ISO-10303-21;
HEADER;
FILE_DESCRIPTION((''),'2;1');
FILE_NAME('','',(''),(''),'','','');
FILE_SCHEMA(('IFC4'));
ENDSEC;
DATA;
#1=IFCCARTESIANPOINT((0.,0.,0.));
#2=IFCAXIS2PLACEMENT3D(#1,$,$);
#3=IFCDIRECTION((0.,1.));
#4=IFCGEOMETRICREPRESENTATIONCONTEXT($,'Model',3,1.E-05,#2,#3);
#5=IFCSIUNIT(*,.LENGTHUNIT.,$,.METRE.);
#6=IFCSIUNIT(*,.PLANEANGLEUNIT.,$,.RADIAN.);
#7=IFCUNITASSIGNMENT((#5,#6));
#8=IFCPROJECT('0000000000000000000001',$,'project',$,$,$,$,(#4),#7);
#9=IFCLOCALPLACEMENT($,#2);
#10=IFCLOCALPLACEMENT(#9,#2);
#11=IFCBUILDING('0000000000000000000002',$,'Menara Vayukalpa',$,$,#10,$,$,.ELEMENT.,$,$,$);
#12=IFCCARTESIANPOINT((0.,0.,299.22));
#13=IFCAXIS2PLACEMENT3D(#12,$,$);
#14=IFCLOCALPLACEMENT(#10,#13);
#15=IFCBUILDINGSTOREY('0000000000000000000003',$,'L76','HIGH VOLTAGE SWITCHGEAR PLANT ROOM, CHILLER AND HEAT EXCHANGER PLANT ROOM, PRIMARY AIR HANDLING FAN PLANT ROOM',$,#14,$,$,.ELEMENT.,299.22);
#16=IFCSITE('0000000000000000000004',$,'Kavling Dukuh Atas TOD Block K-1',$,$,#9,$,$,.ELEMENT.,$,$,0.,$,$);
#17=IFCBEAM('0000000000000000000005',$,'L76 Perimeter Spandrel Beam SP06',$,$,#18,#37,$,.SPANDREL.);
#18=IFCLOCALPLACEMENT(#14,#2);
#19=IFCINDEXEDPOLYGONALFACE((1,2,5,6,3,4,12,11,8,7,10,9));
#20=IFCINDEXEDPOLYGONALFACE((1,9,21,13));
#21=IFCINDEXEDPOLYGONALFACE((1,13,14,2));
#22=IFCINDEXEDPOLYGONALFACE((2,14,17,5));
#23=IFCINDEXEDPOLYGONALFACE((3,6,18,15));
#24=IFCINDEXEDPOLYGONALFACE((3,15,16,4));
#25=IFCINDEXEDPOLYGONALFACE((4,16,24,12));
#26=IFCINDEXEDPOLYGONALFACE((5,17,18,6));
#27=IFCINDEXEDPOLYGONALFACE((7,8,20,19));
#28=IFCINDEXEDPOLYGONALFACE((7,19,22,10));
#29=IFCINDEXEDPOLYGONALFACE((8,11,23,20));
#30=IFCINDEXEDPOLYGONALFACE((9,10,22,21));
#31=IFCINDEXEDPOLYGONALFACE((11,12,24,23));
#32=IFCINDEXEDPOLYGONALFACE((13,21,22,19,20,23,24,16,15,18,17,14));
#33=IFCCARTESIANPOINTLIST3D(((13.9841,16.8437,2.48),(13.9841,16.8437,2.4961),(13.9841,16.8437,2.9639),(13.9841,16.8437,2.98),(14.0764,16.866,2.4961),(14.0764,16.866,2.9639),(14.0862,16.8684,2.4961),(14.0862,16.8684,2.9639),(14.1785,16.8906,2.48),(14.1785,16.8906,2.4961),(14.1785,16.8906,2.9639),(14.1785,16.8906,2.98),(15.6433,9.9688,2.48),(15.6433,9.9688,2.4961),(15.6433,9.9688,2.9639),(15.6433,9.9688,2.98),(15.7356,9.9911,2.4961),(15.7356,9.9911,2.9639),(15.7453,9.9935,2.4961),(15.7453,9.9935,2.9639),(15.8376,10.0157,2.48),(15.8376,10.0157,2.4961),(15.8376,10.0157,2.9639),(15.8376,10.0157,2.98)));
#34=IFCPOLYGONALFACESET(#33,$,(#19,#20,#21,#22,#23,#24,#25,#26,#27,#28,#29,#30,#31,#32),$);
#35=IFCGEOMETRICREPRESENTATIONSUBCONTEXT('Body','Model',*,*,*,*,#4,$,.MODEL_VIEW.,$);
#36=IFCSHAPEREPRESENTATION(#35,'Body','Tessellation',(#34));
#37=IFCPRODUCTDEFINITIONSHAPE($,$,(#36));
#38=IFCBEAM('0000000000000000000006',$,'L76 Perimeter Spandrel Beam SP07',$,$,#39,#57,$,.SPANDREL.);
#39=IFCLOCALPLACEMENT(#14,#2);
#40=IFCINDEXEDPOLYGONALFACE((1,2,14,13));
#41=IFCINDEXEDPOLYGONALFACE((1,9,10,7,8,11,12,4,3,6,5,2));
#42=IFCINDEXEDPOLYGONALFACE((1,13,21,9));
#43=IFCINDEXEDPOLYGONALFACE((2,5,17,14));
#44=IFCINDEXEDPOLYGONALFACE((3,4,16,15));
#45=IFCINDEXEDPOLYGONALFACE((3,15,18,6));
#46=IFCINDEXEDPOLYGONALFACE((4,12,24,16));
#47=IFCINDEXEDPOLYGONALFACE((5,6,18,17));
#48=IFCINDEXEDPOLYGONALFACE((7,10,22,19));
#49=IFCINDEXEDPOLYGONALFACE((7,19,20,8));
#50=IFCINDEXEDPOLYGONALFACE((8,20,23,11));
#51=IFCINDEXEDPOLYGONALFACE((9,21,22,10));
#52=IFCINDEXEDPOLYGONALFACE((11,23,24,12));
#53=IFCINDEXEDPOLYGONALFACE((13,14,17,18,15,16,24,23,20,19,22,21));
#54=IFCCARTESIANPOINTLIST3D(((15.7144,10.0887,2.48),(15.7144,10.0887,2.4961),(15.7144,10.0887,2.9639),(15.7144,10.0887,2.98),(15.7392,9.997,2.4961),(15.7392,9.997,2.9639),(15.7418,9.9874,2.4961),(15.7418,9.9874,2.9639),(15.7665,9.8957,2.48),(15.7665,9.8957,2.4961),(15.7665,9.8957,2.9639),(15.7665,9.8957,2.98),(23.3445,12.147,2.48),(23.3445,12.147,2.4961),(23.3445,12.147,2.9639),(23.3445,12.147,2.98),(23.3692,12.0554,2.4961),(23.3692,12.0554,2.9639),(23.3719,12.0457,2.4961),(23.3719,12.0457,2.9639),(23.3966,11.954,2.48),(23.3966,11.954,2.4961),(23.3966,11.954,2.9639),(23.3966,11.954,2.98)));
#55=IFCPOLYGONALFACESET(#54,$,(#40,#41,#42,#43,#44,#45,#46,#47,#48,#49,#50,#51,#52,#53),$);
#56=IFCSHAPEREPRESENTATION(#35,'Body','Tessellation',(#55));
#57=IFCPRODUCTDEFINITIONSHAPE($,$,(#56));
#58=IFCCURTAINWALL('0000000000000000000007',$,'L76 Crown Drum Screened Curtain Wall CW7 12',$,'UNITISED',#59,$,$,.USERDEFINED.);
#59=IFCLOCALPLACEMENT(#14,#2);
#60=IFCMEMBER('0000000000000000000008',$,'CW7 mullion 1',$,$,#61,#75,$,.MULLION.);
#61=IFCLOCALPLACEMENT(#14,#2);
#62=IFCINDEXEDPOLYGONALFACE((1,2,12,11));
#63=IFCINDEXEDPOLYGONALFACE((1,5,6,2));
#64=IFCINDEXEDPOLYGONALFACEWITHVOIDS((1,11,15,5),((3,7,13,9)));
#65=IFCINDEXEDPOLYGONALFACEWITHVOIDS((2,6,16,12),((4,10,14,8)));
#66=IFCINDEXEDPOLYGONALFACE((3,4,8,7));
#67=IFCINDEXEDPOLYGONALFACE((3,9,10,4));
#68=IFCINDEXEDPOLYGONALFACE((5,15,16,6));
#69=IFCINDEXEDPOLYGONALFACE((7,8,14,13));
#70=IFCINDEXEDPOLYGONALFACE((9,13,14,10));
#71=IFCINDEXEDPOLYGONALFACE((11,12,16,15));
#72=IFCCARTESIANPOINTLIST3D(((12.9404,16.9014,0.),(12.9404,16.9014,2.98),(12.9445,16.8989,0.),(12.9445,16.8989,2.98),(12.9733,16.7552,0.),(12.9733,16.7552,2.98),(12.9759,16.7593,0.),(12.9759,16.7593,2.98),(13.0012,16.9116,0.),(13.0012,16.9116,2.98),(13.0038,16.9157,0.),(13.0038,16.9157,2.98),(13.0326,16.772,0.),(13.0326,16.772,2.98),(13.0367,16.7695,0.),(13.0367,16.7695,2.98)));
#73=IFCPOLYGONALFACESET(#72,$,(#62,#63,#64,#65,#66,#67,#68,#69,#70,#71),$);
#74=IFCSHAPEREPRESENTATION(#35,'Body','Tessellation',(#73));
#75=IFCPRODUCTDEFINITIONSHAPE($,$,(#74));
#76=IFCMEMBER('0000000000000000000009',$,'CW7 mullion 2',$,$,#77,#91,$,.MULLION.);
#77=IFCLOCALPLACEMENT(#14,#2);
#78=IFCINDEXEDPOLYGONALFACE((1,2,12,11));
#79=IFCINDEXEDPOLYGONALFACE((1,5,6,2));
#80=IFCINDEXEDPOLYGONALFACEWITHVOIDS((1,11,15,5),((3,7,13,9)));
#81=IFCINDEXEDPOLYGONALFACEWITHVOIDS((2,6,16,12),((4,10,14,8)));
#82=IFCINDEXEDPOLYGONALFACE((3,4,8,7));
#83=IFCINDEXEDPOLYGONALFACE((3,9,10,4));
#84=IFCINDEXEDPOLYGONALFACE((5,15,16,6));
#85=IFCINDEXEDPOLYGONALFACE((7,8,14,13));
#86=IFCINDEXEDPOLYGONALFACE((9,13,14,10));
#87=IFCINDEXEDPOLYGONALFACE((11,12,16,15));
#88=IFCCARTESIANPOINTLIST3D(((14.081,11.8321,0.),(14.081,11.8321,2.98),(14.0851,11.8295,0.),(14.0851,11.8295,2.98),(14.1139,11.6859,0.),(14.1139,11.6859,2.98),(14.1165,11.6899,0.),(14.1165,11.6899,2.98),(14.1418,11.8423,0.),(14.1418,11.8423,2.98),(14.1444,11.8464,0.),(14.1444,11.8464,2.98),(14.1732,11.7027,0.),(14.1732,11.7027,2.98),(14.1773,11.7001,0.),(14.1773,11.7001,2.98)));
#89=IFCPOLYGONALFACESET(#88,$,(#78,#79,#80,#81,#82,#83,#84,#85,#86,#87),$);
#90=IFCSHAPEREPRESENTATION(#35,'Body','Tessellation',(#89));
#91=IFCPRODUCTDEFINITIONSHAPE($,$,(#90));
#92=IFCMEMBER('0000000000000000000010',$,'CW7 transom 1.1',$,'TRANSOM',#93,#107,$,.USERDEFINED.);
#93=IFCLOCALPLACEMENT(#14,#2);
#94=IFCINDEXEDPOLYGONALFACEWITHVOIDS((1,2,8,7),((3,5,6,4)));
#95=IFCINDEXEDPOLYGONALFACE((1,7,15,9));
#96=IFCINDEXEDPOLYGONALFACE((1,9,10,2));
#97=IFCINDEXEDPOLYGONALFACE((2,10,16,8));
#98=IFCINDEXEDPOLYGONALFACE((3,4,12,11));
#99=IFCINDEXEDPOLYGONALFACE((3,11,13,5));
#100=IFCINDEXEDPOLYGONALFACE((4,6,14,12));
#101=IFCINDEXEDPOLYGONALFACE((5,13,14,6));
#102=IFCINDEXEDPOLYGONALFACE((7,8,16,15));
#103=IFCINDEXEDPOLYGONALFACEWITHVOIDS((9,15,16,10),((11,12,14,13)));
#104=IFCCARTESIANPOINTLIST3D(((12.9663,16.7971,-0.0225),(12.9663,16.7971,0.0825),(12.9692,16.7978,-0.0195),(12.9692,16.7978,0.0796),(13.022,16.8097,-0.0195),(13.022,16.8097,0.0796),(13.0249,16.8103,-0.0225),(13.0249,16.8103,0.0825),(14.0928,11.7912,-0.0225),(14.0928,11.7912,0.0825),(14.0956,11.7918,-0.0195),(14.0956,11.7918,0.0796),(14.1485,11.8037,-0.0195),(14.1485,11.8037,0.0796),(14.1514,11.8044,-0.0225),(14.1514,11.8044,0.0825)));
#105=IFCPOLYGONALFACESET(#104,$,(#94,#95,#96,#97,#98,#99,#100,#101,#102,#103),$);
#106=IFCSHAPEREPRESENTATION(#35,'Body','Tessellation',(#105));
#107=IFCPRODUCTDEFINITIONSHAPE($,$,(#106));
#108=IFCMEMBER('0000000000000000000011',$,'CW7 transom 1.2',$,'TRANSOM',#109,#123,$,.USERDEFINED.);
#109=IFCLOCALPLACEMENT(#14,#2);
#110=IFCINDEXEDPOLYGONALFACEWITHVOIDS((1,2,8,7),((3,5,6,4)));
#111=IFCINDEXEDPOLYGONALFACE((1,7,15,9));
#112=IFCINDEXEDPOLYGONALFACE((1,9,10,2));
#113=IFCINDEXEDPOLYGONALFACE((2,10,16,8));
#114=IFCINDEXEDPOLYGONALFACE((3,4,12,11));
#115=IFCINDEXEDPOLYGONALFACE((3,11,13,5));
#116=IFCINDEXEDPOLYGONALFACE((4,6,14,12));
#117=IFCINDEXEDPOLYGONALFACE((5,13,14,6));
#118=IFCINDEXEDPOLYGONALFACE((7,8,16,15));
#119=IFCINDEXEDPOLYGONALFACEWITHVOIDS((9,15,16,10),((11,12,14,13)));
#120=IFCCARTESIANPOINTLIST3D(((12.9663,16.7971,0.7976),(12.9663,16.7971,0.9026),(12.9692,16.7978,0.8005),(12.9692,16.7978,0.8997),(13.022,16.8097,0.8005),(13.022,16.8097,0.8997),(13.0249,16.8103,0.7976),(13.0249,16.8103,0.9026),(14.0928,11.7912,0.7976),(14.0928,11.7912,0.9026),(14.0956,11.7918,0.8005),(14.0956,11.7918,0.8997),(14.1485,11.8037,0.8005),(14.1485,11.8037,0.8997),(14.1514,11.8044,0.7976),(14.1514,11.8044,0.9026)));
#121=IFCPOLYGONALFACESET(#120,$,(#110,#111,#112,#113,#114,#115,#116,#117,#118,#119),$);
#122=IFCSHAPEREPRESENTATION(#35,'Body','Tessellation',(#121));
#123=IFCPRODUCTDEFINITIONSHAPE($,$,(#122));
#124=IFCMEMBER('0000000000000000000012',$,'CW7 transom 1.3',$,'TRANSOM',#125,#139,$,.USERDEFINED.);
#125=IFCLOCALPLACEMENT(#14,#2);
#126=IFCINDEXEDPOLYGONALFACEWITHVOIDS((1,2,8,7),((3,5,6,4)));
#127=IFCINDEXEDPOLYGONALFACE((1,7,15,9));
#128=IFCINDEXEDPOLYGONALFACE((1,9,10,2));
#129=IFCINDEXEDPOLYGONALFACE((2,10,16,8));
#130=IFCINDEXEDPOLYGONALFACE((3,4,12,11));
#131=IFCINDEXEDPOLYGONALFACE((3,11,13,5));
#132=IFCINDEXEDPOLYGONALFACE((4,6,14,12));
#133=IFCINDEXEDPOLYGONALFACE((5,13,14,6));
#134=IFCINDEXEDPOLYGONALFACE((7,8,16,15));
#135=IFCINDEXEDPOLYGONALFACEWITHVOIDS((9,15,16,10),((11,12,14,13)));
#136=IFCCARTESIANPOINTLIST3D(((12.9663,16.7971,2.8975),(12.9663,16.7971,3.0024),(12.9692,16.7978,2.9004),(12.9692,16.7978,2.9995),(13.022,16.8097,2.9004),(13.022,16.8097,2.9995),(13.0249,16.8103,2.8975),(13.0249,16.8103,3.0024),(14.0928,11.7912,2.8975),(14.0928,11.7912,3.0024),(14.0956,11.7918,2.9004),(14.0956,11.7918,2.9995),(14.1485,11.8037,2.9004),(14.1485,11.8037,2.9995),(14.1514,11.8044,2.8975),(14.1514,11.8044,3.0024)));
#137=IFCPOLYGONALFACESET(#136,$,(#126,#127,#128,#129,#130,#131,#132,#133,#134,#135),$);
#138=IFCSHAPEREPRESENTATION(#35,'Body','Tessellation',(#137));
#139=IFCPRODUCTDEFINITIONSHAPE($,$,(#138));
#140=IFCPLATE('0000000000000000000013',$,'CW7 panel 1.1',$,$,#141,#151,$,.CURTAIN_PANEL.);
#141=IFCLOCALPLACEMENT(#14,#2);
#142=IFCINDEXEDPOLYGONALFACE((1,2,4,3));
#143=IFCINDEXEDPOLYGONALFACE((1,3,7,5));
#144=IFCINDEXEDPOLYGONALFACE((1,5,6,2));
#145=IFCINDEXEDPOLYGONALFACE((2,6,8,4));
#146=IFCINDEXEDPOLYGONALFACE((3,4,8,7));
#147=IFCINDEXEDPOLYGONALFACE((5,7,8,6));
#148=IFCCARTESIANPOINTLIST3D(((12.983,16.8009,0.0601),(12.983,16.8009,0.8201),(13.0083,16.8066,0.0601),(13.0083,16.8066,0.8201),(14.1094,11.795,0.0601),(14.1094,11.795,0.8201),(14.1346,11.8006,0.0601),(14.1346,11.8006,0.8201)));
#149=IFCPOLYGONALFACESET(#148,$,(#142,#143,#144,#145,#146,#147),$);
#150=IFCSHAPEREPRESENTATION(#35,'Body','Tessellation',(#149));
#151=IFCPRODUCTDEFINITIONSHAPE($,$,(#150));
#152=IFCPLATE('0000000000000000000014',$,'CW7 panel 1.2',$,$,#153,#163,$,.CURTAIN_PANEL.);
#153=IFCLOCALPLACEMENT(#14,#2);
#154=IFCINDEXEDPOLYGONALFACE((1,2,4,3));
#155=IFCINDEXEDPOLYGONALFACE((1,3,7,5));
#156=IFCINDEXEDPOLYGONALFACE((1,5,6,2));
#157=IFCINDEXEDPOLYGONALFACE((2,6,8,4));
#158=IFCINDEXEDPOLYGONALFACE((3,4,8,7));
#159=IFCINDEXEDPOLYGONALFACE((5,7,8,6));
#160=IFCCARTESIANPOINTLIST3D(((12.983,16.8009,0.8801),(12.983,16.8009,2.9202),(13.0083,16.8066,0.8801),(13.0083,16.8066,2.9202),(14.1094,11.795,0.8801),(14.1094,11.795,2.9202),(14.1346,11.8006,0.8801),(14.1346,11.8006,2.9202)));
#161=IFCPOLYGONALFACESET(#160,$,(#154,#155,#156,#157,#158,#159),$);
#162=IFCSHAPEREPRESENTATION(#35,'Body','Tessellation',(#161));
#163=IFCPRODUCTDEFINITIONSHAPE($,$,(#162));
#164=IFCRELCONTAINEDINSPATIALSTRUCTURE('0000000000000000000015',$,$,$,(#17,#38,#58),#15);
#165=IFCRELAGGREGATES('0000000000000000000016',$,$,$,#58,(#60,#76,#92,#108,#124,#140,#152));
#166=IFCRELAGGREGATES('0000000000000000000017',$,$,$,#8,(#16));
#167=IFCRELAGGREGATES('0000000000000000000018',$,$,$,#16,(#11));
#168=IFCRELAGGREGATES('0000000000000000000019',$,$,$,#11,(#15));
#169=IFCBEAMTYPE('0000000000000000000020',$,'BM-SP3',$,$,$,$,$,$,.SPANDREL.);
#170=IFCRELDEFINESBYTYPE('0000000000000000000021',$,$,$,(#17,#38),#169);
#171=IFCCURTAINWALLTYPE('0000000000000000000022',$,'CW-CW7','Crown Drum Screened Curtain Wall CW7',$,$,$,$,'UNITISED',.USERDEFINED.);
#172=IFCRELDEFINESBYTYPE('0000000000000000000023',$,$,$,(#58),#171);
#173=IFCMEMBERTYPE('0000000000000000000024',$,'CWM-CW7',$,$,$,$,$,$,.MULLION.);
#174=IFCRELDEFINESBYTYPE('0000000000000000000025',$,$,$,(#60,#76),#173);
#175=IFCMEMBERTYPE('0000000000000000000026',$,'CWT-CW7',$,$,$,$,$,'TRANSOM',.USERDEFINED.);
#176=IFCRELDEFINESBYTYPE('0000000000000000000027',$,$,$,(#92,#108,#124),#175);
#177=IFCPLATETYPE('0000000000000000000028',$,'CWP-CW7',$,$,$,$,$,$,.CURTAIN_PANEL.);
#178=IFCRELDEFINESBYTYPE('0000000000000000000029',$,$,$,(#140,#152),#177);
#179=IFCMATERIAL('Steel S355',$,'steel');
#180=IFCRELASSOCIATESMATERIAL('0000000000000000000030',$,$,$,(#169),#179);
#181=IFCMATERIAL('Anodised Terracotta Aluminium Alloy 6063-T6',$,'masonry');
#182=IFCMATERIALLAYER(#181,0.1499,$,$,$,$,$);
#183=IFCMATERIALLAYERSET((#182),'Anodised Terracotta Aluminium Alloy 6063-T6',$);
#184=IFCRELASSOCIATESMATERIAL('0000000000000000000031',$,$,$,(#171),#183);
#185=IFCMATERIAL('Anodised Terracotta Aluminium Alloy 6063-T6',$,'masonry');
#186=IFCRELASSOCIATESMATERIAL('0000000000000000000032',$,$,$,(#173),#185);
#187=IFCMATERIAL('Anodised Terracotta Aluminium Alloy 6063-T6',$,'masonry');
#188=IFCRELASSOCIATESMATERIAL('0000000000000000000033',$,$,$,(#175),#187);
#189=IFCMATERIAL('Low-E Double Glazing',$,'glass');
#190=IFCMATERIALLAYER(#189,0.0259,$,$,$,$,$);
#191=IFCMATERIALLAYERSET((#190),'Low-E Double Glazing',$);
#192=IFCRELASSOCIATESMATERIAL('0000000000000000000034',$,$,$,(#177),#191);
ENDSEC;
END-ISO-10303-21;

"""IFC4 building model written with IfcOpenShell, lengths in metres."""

from ifc_helpers import new_model, si_unit, direction, frame, origin, origin_2d, place, context, subcontext, project, spatial, rectangle, hollow_rectangle, i_section, extrude, material, layer, layer_set, material_profile, profile_set, type_object, element, aggregate, save


model = new_model("IFC4")

# Units and contexts
model_context = context("Model", 3, precision=1e-05, world=origin(), true_north=direction((0.0, 1.0)))
body_context = subcontext(model_context, "Body", "Model", "MODEL_VIEW")
ifc_project = project(units=[si_unit("LENGTHUNIT", "METRE"), si_unit("PLANEANGLEUNIT", "RADIAN")], contexts=[model_context])

# Site, building, storey
site_placement = place(None, origin())
site = spatial("IfcSite", under=ifc_project, at=site_placement, Name="Kavling Dukuh Atas TOD Block K-1", CompositionType="ELEMENT", RefElevation=0.0)
building_placement = place(site_placement, origin())
building = spatial("IfcBuilding", under=site, at=building_placement, Name="Menara Vayukalpa", CompositionType="ELEMENT")
storey_placement = place(building_placement, frame((0.0, 0.0, 299.22)))
storey = spatial("IfcBuildingStorey", under=building, at=storey_placement, Name="L76", Description="HIGH VOLTAGE SWITCHGEAR PLANT ROOM, CHILLER AND HEAT EXCHANGER PLANT ROOM, PRIMARY AIR HANDLING FAN PLANT ROOM", CompositionType="ELEMENT", Elevation=299.22)

# Beams
ifc_material_1 = material(Name="Steel S355", Category="steel")
ifc_material_profile_1 = material_profile(ifc_material_1, i_section(OverallWidth=0.2, OverallDepth=0.5, WebThickness=0.01, FlangeThickness=0.0161, at=origin_2d()), Name="WF 500x200x10x16")
ifc_profile_set_1 = profile_set([ifc_material_profile_1], Name="Steel S355")
beam_type_1 = type_object("IfcBeamType", Name="BM-SP3", PredefinedType="SPANDREL", material=ifc_profile_set_1)
beam_1_placement = place(storey_placement, frame((14.0813, 16.8672, 2.73), z_axis=(0.2346, -0.972092, 0.0), x_axis=(0.972092, 0.2346, 0.0)))
element("IfcBeam", 1, at=beam_1_placement, inside=storey, type_object=beam_type_1, Name="L76 Perimeter Spandrel Beam SP06", PredefinedType="SPANDREL", context=body_context, shape_type="SweptSolid", body=[
    extrude(i_section(OverallWidth=0.2, OverallDepth=0.5, WebThickness=0.01, FlangeThickness=0.0161, at=origin_2d()), origin(), (0.0, 0.0, 1.0), 7.0723),
])
beam_2_placement = place(storey_placement, frame((15.7405, 9.9922, 2.73), z_axis=(0.965486, 0.260455, 0.0), x_axis=(-0.260455, 0.965486, 0.0)))
element("IfcBeam", 2, at=beam_2_placement, inside=storey, type_object=beam_type_1, Name="L76 Perimeter Spandrel Beam SP07", PredefinedType="SPANDREL", context=body_context, shape_type="SweptSolid", body=[
    extrude(i_section(OverallWidth=0.2, OverallDepth=0.5, WebThickness=0.01, FlangeThickness=0.0161, at=origin_2d()), origin(), (0.0, 0.0, 1.0), 7.9028),
])

# Curtain wall, members, plates
ifc_material_2 = material(Name="Anodised Terracotta Aluminium Alloy 6063-T6", Category="masonry")
ifc_layer_1 = layer(ifc_material_2, 0.1499)
ifc_layer_set_1 = layer_set([ifc_layer_1], Name="Anodised Terracotta Aluminium Alloy 6063-T6")
curtain_wall_type = type_object("IfcCurtainWallType", Name="CW-CW7", Description="Crown Drum Screened Curtain Wall CW7", ElementType="UNITISED", PredefinedType="USERDEFINED", material=ifc_layer_set_1)
curtain_wall_placement = place(storey_placement, origin())
curtain_wall = element("IfcCurtainWall", 3, at=curtain_wall_placement, inside=storey, type_object=curtain_wall_type, Name="L76 Crown Drum Screened Curtain Wall CW7 12", ObjectType="UNITISED", PredefinedType="USERDEFINED")
ifc_material_3 = material(Name="Anodised Terracotta Aluminium Alloy 6063-T6", Category="masonry")
ifc_material_profile_2 = material_profile(ifc_material_3, hollow_rectangle(XDim=0.0649, YDim=0.1499, WallThickness=0.0034, at=origin_2d()), Name="ALU 65x150x3.5")
ifc_profile_set_2 = profile_set([ifc_material_profile_2], Name="Anodised Terracotta Aluminium Alloy 6063-T6")
member_type_1 = type_object("IfcMemberType", Name="CWM-CW7", PredefinedType="MULLION", material=ifc_profile_set_2)
member_1_placement = place(storey_placement, frame((12.9885, 16.8354, 0.0), z_axis=(0.0, 0.0, 1.0), x_axis=(0.975609, 0.219516, 0.0)))
member_1 = element("IfcMember", 4, at=member_1_placement, type_object=member_type_1, Name="CW7 mullion 1", PredefinedType="MULLION", context=body_context, shape_type="SweptSolid", body=[
    extrude(hollow_rectangle(XDim=0.0649, YDim=0.1499, WallThickness=0.0034, at=origin_2d()), origin(), (0.0, 0.0, 1.0), 2.98),
])
member_2_placement = place(storey_placement, frame((14.1292, 11.7661, 0.0), z_axis=(0.0, 0.0, 1.0), x_axis=(0.975609, 0.219516, 0.0)))
member_2 = element("IfcMember", 5, at=member_2_placement, type_object=member_type_1, Name="CW7 mullion 2", PredefinedType="MULLION", context=body_context, shape_type="SweptSolid", body=[
    extrude(hollow_rectangle(XDim=0.0649, YDim=0.1499, WallThickness=0.0034, at=origin_2d()), origin(), (0.0, 0.0, 1.0), 2.98),
])
ifc_material_4 = material(Name="Anodised Terracotta Aluminium Alloy 6063-T6", Category="masonry")
ifc_material_profile_3 = material_profile(ifc_material_4, hollow_rectangle(XDim=0.0601, YDim=0.105, WallThickness=0.0029, at=origin_2d()), Name="ALU 60x105x3")
ifc_profile_set_3 = profile_set([ifc_material_profile_3], Name="Anodised Terracotta Aluminium Alloy 6063-T6")
member_type_2 = type_object("IfcMemberType", Name="CWT-CW7", ElementType="TRANSOM", PredefinedType="USERDEFINED", material=ifc_profile_set_3)
member_3_placement = place(storey_placement, frame((12.9956, 16.8037, 0.03), z_axis=(0.219539, -0.975604, 0.0), x_axis=(0.975604, 0.219539, 0.0)))
member_3 = element("IfcMember", 6, at=member_3_placement, type_object=member_type_2, Name="CW7 transom 1.1", ObjectType="TRANSOM", PredefinedType="USERDEFINED", context=body_context, shape_type="SweptSolid", body=[
    extrude(hollow_rectangle(XDim=0.0601, YDim=0.105, WallThickness=0.0029, at=origin_2d()), origin(), (0.0, 0.0, 1.0), 5.1311),
])
member_4_placement = place(storey_placement, frame((12.9956, 16.8037, 0.8501), z_axis=(0.219539, -0.975604, 0.0), x_axis=(0.975604, 0.219539, 0.0)))
member_4 = element("IfcMember", 7, at=member_4_placement, type_object=member_type_2, Name="CW7 transom 1.2", ObjectType="TRANSOM", PredefinedType="USERDEFINED", context=body_context, shape_type="SweptSolid", body=[
    extrude(hollow_rectangle(XDim=0.0601, YDim=0.105, WallThickness=0.0029, at=origin_2d()), origin(), (0.0, 0.0, 1.0), 5.1311),
])
member_5_placement = place(storey_placement, frame((12.9956, 16.8037, 2.95), z_axis=(0.219539, -0.975604, 0.0), x_axis=(0.975604, 0.219539, 0.0)))
member_5 = element("IfcMember", 8, at=member_5_placement, type_object=member_type_2, Name="CW7 transom 1.3", ObjectType="TRANSOM", PredefinedType="USERDEFINED", context=body_context, shape_type="SweptSolid", body=[
    extrude(hollow_rectangle(XDim=0.0601, YDim=0.105, WallThickness=0.0029, at=origin_2d()), origin(), (0.0, 0.0, 1.0), 5.1311),
])
ifc_material_5 = material(Name="Low-E Double Glazing", Category="glass")
ifc_layer_2 = layer(ifc_material_5, 0.0259)
ifc_layer_set_2 = layer_set([ifc_layer_2], Name="Low-E Double Glazing")
plate_type = type_object("IfcPlateType", Name="CWP-CW7", PredefinedType="CURTAIN_PANEL", material=ifc_layer_set_2)
plate_1_placement = place(storey_placement, frame((13.5588, 14.3008, 0.0601), z_axis=(0.0, 0.0, 1.0), x_axis=(0.219516, -0.975609, 0.0)))
plate_1 = element("IfcPlate", 9, at=plate_1_placement, type_object=plate_type, Name="CW7 panel 1.1", PredefinedType="CURTAIN_PANEL", context=body_context, shape_type="SweptSolid", body=[
    extrude(rectangle(XDim=5.1311, YDim=0.0259, at=origin_2d()), origin(), (0.0, 0.0, 1.0), 0.76),
])
plate_2_placement = place(storey_placement, frame((13.5588, 14.3008, 0.8801), z_axis=(0.0, 0.0, 1.0), x_axis=(0.219516, -0.975609, 0.0)))
plate_2 = element("IfcPlate", 10, at=plate_2_placement, type_object=plate_type, Name="CW7 panel 1.2", PredefinedType="CURTAIN_PANEL", context=body_context, shape_type="SweptSolid", body=[
    extrude(rectangle(XDim=5.1311, YDim=0.0259, at=origin_2d()), origin(), (0.0, 0.0, 1.0), 2.04),
])
aggregate(curtain_wall, [member_1, member_2, member_3, member_4, member_5, plate_1, plate_2])

save(model, "model.ifc")
